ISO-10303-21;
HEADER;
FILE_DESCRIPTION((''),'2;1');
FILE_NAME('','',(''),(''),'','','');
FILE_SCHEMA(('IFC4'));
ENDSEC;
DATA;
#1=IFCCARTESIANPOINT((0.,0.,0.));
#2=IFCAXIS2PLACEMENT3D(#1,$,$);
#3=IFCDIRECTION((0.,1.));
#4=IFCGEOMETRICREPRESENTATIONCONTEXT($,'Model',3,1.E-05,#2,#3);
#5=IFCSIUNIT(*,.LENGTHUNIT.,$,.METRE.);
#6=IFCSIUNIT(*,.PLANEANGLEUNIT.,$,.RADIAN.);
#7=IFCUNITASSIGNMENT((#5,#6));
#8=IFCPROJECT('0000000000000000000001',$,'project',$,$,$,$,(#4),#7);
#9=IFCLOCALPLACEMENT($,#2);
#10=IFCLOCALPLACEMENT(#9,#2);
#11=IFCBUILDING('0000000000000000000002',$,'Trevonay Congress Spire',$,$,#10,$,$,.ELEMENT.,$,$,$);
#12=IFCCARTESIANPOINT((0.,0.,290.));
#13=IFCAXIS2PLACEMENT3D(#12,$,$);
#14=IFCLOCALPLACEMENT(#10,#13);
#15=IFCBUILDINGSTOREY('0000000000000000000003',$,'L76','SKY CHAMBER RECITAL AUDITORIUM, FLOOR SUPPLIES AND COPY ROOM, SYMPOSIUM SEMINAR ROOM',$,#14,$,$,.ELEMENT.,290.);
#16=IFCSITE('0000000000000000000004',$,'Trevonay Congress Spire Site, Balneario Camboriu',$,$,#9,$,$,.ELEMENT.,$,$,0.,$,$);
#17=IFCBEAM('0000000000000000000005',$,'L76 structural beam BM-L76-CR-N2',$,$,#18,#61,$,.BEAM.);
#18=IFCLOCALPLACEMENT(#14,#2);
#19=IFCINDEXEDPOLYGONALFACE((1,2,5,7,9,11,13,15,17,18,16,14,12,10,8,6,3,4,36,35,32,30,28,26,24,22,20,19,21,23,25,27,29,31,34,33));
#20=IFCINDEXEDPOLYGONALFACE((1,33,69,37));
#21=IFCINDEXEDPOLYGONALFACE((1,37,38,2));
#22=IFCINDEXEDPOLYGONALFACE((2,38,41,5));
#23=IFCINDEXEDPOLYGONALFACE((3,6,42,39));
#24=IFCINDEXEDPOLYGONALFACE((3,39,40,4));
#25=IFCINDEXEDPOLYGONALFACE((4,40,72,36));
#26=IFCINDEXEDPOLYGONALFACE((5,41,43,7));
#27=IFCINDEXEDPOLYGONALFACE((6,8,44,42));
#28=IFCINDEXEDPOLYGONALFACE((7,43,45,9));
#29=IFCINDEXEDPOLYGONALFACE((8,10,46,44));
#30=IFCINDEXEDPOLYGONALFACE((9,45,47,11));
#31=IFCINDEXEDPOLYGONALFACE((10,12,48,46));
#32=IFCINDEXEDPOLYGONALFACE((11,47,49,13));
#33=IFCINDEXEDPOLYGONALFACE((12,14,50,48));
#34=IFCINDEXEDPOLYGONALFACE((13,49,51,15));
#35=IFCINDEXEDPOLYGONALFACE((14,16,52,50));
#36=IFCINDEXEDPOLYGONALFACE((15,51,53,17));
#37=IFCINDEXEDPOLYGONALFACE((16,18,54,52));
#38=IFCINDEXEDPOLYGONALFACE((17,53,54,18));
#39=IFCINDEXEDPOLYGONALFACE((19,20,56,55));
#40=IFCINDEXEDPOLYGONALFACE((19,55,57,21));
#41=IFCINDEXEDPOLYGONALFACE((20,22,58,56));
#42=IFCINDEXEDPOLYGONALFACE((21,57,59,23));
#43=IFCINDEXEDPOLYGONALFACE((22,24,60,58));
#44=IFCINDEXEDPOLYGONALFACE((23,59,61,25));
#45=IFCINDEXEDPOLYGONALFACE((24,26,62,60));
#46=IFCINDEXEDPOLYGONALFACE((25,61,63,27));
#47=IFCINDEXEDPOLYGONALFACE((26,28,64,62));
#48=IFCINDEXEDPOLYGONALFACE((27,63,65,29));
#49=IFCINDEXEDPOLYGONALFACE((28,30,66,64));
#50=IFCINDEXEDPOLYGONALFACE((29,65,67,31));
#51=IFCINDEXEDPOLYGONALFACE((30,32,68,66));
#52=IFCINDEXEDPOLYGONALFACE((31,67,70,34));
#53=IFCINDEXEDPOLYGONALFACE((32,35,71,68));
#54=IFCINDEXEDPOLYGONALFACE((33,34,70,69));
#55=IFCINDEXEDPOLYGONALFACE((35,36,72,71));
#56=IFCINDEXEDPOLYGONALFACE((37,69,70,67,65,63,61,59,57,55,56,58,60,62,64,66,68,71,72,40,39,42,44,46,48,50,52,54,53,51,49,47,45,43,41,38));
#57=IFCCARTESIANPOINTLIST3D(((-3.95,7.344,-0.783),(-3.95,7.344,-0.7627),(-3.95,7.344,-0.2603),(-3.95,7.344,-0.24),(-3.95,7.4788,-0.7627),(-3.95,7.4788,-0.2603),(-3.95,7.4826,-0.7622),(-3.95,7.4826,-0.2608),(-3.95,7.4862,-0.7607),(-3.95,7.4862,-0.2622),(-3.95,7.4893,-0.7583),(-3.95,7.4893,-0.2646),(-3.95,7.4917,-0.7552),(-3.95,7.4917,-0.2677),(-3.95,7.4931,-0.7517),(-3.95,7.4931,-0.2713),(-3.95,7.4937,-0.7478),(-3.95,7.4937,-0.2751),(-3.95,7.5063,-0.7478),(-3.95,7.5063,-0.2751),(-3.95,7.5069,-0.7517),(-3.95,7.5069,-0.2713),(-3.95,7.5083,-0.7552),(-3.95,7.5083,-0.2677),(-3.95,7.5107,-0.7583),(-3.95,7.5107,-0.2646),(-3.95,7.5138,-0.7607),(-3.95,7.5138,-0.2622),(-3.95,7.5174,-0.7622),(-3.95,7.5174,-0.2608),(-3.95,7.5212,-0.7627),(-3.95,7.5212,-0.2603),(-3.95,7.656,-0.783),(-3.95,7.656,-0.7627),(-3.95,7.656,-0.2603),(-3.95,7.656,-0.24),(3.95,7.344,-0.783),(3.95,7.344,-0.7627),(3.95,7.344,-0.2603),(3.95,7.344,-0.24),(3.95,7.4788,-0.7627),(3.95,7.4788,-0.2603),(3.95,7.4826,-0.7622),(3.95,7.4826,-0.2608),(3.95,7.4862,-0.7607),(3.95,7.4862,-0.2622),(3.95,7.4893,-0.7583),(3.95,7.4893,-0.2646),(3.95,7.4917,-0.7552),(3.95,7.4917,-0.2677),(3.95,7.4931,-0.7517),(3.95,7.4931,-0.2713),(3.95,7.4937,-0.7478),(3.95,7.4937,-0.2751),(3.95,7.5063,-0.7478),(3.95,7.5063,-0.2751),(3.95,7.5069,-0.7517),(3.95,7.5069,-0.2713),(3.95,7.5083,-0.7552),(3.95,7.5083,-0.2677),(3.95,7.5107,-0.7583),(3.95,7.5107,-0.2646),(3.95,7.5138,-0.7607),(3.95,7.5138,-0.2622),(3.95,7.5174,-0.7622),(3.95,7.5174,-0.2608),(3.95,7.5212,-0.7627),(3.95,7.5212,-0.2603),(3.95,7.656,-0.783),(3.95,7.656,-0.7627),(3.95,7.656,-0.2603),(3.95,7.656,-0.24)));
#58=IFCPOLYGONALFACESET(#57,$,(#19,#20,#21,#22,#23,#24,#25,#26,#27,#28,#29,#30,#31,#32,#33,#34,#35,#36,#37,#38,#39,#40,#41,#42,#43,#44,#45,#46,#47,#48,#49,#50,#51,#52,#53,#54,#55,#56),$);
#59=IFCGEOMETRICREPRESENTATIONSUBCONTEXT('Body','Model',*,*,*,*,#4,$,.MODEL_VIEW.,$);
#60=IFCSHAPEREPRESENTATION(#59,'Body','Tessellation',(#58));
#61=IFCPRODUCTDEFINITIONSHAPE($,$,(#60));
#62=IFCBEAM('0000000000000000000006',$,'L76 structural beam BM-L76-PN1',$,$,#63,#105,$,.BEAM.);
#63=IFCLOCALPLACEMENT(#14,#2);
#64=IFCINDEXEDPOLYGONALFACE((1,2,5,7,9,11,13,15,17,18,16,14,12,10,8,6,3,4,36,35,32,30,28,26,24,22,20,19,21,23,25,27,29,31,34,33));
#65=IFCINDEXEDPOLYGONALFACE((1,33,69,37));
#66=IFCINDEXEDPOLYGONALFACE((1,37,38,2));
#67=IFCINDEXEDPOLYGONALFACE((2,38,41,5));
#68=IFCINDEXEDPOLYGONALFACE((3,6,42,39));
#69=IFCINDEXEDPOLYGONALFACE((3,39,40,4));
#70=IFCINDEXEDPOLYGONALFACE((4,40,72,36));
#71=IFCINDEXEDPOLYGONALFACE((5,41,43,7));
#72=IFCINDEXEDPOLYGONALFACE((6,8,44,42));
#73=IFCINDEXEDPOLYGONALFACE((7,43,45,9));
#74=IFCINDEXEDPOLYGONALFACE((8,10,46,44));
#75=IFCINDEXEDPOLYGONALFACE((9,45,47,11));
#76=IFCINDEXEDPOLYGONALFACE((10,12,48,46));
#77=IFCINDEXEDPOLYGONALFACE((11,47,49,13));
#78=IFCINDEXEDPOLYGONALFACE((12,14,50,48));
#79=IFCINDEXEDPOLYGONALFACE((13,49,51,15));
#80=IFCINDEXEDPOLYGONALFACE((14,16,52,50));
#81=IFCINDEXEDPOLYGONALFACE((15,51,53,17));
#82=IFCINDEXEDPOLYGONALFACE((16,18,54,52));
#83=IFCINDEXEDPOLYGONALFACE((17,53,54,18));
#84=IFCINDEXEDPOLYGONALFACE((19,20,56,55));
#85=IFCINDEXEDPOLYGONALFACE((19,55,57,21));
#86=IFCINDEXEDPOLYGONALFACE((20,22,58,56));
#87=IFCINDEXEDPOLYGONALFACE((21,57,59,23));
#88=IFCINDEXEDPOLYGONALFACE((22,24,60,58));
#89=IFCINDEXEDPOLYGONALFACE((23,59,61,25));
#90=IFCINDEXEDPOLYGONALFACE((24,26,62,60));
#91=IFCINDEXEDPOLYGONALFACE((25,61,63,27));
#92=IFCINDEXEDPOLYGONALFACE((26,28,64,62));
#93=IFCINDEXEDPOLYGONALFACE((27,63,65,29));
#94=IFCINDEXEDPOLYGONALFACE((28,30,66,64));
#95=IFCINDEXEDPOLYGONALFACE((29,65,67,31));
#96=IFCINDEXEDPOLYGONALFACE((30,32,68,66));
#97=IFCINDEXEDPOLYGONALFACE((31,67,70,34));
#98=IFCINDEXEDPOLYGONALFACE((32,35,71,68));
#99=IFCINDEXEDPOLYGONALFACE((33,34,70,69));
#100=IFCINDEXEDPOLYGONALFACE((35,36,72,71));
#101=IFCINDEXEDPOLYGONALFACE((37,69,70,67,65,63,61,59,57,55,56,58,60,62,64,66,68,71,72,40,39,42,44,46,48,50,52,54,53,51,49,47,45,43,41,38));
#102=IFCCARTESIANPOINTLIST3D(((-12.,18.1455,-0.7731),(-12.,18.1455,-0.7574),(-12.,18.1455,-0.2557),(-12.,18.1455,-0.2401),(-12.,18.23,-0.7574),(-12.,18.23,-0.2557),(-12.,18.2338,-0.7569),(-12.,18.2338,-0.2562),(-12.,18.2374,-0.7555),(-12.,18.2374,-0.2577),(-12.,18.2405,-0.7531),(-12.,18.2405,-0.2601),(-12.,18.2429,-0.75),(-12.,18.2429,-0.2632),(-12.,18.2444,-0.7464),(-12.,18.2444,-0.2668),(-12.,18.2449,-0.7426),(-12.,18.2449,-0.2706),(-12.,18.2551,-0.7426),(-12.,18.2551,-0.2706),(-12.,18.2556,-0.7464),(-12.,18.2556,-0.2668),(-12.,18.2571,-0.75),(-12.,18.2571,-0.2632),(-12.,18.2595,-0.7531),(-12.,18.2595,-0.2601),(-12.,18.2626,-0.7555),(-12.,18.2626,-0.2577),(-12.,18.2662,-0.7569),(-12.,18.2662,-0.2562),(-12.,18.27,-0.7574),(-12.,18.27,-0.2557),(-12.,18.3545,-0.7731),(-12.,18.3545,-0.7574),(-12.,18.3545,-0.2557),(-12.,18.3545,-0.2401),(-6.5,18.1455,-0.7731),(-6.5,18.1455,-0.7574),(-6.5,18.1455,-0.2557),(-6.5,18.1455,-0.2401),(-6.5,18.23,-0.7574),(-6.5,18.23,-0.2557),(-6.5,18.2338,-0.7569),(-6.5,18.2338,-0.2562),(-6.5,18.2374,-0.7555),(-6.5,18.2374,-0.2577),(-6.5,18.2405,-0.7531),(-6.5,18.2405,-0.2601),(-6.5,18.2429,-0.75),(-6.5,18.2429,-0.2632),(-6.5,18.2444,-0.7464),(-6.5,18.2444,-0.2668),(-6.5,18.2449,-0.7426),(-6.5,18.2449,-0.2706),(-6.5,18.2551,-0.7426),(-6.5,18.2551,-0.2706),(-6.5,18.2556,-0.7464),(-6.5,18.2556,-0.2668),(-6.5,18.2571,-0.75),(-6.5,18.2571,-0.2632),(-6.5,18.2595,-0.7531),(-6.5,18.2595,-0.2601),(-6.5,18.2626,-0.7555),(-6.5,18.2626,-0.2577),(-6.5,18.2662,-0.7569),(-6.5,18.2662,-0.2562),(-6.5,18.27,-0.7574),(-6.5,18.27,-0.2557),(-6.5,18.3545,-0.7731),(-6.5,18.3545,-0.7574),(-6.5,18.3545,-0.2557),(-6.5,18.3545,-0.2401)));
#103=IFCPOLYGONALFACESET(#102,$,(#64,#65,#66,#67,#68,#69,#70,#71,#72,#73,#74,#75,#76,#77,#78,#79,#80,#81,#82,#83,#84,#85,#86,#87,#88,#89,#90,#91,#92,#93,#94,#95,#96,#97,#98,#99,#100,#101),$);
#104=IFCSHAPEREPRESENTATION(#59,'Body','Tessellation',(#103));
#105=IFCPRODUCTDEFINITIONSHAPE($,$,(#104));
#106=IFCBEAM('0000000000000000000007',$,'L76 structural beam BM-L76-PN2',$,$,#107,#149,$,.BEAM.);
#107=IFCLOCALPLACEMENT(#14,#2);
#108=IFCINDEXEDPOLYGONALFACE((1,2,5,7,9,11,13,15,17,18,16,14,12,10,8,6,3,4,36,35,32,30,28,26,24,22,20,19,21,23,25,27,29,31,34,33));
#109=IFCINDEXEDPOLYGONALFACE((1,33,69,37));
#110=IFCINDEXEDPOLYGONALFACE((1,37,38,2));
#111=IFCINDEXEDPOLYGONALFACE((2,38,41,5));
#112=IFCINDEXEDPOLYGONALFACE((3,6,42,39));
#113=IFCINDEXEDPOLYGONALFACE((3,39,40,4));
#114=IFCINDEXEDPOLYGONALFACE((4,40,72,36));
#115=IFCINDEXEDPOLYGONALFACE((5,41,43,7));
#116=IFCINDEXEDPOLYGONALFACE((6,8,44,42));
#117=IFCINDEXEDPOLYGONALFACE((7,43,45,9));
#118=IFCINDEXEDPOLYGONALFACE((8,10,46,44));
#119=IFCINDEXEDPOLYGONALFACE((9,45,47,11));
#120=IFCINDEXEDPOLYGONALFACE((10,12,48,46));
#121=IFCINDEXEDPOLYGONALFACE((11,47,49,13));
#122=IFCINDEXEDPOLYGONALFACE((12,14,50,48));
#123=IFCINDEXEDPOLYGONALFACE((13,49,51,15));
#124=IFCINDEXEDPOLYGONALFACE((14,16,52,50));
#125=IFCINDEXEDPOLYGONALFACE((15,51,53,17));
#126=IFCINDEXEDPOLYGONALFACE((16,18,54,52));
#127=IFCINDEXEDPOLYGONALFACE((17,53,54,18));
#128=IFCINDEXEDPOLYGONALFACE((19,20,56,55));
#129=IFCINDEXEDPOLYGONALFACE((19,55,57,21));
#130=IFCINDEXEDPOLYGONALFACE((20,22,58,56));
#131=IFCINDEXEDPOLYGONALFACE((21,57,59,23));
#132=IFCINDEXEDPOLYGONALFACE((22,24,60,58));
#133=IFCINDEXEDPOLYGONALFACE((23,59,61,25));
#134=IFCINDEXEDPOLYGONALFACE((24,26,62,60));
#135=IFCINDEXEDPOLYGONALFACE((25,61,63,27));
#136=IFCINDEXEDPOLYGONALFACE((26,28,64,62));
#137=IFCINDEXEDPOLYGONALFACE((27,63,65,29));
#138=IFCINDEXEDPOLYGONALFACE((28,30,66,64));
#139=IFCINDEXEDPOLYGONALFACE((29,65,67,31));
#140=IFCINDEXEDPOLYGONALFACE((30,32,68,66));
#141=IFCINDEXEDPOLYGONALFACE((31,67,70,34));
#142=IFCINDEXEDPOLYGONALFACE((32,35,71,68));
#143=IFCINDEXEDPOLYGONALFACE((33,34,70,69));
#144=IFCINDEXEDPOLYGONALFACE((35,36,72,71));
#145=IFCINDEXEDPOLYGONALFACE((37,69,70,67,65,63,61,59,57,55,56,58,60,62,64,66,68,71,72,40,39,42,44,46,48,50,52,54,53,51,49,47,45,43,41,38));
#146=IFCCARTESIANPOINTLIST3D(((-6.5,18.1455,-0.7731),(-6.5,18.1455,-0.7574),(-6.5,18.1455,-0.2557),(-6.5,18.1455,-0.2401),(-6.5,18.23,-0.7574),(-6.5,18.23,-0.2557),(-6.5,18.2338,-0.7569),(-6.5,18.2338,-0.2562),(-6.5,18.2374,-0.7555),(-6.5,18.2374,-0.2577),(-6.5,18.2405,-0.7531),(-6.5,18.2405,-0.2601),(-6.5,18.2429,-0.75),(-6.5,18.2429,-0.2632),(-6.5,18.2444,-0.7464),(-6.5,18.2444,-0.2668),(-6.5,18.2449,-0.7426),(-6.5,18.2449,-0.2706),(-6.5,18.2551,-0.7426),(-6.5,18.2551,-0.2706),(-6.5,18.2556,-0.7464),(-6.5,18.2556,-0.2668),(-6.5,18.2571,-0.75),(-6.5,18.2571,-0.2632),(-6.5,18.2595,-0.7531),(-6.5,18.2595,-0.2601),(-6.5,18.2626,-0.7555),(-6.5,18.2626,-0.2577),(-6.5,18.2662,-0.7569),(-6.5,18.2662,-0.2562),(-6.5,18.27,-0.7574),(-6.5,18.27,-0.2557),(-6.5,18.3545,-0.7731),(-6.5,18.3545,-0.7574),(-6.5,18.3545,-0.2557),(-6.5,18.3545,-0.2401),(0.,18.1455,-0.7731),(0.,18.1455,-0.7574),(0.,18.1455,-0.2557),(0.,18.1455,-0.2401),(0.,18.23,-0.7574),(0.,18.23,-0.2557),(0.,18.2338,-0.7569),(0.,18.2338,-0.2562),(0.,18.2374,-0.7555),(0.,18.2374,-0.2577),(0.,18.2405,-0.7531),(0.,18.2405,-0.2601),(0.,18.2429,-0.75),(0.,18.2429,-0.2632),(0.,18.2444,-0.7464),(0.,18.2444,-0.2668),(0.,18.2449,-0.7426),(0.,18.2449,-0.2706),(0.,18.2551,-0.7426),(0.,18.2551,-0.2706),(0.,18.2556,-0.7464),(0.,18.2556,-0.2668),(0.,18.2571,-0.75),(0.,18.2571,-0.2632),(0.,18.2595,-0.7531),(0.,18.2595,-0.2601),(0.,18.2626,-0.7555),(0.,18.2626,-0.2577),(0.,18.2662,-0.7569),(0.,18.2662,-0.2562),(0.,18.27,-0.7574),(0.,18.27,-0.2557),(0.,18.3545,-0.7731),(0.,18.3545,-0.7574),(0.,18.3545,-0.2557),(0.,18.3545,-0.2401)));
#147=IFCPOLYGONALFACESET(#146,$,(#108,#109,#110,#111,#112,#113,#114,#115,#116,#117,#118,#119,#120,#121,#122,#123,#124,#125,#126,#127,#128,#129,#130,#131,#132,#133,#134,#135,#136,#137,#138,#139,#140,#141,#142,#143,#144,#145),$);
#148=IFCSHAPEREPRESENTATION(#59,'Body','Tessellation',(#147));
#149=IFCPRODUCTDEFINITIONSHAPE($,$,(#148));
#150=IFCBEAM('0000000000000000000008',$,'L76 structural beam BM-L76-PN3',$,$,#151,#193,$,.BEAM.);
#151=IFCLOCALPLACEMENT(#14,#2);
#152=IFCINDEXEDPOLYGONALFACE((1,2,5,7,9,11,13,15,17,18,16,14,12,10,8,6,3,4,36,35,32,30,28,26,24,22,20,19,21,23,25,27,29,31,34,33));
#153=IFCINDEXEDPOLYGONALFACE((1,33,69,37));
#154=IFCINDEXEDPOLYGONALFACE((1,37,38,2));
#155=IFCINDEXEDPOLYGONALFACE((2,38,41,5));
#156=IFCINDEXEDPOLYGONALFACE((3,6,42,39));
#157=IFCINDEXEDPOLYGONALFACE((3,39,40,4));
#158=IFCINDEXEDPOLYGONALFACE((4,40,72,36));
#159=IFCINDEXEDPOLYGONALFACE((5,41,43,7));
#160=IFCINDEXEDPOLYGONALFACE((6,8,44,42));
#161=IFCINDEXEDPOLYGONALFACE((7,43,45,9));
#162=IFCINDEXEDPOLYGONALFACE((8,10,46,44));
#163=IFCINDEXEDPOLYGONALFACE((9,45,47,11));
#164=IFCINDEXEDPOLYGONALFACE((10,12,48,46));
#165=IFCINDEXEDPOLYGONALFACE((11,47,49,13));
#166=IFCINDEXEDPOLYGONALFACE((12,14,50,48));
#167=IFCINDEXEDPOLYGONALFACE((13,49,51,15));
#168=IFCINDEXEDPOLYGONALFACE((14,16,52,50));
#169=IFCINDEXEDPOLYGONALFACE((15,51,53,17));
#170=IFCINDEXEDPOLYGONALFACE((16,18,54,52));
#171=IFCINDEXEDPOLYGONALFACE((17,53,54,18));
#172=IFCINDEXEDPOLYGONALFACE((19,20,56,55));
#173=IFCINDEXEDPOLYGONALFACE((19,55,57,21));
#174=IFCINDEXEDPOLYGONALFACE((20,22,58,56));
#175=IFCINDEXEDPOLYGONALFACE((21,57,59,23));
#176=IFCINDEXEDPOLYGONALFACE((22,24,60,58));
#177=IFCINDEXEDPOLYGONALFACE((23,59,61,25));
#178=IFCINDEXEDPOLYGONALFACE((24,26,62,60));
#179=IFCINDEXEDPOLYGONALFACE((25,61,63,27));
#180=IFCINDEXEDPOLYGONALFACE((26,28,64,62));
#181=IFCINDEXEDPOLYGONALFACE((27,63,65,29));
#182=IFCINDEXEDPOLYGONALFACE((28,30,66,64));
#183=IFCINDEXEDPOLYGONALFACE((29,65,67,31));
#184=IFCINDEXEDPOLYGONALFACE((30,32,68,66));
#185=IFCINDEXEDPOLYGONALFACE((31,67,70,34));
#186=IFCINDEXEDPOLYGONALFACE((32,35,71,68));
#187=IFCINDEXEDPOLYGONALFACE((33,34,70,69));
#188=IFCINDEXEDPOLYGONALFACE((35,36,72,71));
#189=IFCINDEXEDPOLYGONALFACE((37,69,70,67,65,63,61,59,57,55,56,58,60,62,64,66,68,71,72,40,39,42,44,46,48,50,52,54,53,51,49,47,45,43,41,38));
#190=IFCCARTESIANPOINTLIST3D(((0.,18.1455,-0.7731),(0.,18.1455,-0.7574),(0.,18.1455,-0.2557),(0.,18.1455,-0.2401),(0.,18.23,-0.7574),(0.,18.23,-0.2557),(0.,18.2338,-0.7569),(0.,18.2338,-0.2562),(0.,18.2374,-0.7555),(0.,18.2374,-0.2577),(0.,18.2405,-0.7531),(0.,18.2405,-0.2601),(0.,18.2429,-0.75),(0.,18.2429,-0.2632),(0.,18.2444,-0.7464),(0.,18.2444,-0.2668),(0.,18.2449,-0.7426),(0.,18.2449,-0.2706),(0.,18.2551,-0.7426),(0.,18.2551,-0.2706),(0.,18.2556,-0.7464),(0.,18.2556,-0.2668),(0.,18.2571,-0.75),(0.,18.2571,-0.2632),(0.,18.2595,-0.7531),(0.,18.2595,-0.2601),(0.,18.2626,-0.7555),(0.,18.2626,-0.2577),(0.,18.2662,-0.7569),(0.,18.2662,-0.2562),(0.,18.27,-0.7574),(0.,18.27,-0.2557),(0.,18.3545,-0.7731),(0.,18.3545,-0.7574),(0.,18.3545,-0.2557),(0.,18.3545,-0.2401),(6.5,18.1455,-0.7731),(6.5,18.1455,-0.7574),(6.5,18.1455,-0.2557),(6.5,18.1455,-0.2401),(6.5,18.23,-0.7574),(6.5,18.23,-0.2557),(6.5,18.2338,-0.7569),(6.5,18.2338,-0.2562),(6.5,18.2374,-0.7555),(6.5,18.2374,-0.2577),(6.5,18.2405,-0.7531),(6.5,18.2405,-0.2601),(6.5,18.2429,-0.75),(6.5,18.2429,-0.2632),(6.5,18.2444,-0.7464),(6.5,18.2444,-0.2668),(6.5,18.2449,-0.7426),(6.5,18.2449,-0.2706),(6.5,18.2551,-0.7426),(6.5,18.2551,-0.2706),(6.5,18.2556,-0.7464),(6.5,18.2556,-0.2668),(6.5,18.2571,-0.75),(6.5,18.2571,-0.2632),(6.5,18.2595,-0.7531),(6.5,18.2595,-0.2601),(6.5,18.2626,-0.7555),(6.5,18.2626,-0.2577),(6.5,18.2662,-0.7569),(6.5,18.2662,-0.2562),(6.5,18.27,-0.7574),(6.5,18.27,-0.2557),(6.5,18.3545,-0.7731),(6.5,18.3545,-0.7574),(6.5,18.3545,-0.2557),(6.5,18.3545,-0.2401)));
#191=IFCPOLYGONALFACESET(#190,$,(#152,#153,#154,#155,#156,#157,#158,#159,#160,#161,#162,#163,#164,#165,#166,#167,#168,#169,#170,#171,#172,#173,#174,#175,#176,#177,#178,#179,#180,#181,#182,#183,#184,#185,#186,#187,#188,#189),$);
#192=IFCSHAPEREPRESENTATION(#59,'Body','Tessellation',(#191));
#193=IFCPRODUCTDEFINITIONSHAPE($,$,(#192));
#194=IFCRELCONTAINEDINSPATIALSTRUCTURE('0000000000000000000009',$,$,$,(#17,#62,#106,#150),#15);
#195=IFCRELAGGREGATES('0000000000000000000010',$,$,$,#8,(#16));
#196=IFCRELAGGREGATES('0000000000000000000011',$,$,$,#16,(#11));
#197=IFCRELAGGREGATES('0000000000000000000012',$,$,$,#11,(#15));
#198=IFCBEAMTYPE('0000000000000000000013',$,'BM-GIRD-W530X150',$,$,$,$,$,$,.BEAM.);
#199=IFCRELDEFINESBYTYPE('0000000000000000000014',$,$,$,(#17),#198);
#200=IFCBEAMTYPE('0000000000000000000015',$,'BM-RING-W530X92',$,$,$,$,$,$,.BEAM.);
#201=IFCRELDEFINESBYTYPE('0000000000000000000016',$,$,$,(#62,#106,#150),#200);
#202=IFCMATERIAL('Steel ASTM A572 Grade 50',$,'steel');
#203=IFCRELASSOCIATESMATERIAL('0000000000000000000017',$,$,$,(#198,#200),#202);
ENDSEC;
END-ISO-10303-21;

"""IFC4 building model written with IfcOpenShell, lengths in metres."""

from ifc_helpers import new_model, si_unit, direction, frame, origin, origin_2d, place, context, subcontext, project, spatial, i_section, extrude, material, material_profile, profile_set, type_object, element, save


model = new_model("IFC4")

# Units and contexts
model_context = context("Model", 3, precision=1e-05, world=origin(), true_north=direction((0.0, 1.0)))
body_context = subcontext(model_context, "Body", "Model", "MODEL_VIEW")
ifc_project = project(units=[si_unit("LENGTHUNIT", "METRE"), si_unit("PLANEANGLEUNIT", "RADIAN")], contexts=[model_context])

# Site, building, storey
site_placement = place(None, origin())
site = spatial("IfcSite", under=ifc_project, at=site_placement, Name="Trevonay Congress Spire Site, Balneario Camboriu", CompositionType="ELEMENT", RefElevation=0.0)
building_placement = place(site_placement, origin())
building = spatial("IfcBuilding", under=site, at=building_placement, Name="Trevonay Congress Spire", CompositionType="ELEMENT")
storey_placement = place(building_placement, frame((0.0, 0.0, 290.0)))
storey = spatial("IfcBuildingStorey", under=building, at=storey_placement, Name="L76", Description="SKY CHAMBER RECITAL AUDITORIUM, FLOOR SUPPLIES AND COPY ROOM, SYMPOSIUM SEMINAR ROOM", CompositionType="ELEMENT", Elevation=290.0)

# Shared definitions
ifc_material_1 = material(Name="Steel ASTM A572 Grade 50", Category="steel")

# Beams
ifc_material_profile_1 = material_profile(ifc_material_1, i_section(OverallWidth=0.312, OverallDepth=0.543, WebThickness=0.0127, FlangeThickness=0.0203, FilletRadius=0.0149, at=origin_2d()), Name="W530x150")
ifc_profile_set_1 = profile_set([ifc_material_profile_1], Name="Steel ASTM A572 Grade 50")
beam_type_1 = type_object("IfcBeamType", Name="BM-GIRD-W530X150", PredefinedType="BEAM", material=ifc_profile_set_1)
beam_1_placement = place(storey_placement, frame((-3.95, 7.5, -0.5115), z_axis=(1.0, 0.0, 0.0), x_axis=(0.0, 1.0, 0.0)))
element("IfcBeam", 1, at=beam_1_placement, inside=storey, type_object=beam_type_1, Name="L76 structural beam BM-L76-CR-N2", PredefinedType="BEAM", context=body_context, shape_type="SweptSolid", body=[
    extrude(i_section(OverallWidth=0.312, OverallDepth=0.543, WebThickness=0.0127, FlangeThickness=0.0203, FilletRadius=0.0149, at=origin_2d()), origin(), (0.0, 0.0, 1.0), 7.8999),
])
ifc_material_profile_2 = material_profile(ifc_material_1, i_section(OverallWidth=0.209, OverallDepth=0.533, WebThickness=0.0103, FlangeThickness=0.0156, FilletRadius=0.0149, at=origin_2d()), Name="W530x92")
ifc_profile_set_2 = profile_set([ifc_material_profile_2], Name="Steel ASTM A572 Grade 50")
beam_type_2 = type_object("IfcBeamType", Name="BM-RING-W530X92", PredefinedType="BEAM", material=ifc_profile_set_2)
beam_2_placement = place(storey_placement, frame((-12.0, 18.25, -0.5066), z_axis=(1.0, 0.0, 0.0), x_axis=(0.0, 1.0, 0.0)))
element("IfcBeam", 2, at=beam_2_placement, inside=storey, type_object=beam_type_2, Name="L76 structural beam BM-L76-PN1", PredefinedType="BEAM", context=body_context, shape_type="SweptSolid", body=[
    extrude(i_section(OverallWidth=0.209, OverallDepth=0.533, WebThickness=0.0103, FlangeThickness=0.0156, FilletRadius=0.0149, at=origin_2d()), origin(), (0.0, 0.0, 1.0), 5.5),
])
for number, where, z_axis, x_axis, name in (
    (3, (-6.5, 18.25, -0.5066), (1.0, 0.0, 0.0), (0.0, 1.0, 0.0), "L76 structural beam BM-L76-PN2"),
    (4, (0.0, 18.25, -0.5066), (1.0, 0.0, 0.0), (0.0, 1.0, 0.0), "L76 structural beam BM-L76-PN3"),
):
    element("IfcBeam", number, at=place(storey_placement, frame(where, z_axis=z_axis, x_axis=x_axis)), inside=storey, type_object=beam_type_2, Name=name, PredefinedType="BEAM", context=body_context, shape_type="SweptSolid", body=[
        extrude(i_section(OverallWidth=0.209, OverallDepth=0.533, WebThickness=0.0103, FlangeThickness=0.0156, FilletRadius=0.0149, at=origin_2d()), origin(), (0.0, 0.0, 1.0), 6.5),
    ])

save(model, "model.ifc")
